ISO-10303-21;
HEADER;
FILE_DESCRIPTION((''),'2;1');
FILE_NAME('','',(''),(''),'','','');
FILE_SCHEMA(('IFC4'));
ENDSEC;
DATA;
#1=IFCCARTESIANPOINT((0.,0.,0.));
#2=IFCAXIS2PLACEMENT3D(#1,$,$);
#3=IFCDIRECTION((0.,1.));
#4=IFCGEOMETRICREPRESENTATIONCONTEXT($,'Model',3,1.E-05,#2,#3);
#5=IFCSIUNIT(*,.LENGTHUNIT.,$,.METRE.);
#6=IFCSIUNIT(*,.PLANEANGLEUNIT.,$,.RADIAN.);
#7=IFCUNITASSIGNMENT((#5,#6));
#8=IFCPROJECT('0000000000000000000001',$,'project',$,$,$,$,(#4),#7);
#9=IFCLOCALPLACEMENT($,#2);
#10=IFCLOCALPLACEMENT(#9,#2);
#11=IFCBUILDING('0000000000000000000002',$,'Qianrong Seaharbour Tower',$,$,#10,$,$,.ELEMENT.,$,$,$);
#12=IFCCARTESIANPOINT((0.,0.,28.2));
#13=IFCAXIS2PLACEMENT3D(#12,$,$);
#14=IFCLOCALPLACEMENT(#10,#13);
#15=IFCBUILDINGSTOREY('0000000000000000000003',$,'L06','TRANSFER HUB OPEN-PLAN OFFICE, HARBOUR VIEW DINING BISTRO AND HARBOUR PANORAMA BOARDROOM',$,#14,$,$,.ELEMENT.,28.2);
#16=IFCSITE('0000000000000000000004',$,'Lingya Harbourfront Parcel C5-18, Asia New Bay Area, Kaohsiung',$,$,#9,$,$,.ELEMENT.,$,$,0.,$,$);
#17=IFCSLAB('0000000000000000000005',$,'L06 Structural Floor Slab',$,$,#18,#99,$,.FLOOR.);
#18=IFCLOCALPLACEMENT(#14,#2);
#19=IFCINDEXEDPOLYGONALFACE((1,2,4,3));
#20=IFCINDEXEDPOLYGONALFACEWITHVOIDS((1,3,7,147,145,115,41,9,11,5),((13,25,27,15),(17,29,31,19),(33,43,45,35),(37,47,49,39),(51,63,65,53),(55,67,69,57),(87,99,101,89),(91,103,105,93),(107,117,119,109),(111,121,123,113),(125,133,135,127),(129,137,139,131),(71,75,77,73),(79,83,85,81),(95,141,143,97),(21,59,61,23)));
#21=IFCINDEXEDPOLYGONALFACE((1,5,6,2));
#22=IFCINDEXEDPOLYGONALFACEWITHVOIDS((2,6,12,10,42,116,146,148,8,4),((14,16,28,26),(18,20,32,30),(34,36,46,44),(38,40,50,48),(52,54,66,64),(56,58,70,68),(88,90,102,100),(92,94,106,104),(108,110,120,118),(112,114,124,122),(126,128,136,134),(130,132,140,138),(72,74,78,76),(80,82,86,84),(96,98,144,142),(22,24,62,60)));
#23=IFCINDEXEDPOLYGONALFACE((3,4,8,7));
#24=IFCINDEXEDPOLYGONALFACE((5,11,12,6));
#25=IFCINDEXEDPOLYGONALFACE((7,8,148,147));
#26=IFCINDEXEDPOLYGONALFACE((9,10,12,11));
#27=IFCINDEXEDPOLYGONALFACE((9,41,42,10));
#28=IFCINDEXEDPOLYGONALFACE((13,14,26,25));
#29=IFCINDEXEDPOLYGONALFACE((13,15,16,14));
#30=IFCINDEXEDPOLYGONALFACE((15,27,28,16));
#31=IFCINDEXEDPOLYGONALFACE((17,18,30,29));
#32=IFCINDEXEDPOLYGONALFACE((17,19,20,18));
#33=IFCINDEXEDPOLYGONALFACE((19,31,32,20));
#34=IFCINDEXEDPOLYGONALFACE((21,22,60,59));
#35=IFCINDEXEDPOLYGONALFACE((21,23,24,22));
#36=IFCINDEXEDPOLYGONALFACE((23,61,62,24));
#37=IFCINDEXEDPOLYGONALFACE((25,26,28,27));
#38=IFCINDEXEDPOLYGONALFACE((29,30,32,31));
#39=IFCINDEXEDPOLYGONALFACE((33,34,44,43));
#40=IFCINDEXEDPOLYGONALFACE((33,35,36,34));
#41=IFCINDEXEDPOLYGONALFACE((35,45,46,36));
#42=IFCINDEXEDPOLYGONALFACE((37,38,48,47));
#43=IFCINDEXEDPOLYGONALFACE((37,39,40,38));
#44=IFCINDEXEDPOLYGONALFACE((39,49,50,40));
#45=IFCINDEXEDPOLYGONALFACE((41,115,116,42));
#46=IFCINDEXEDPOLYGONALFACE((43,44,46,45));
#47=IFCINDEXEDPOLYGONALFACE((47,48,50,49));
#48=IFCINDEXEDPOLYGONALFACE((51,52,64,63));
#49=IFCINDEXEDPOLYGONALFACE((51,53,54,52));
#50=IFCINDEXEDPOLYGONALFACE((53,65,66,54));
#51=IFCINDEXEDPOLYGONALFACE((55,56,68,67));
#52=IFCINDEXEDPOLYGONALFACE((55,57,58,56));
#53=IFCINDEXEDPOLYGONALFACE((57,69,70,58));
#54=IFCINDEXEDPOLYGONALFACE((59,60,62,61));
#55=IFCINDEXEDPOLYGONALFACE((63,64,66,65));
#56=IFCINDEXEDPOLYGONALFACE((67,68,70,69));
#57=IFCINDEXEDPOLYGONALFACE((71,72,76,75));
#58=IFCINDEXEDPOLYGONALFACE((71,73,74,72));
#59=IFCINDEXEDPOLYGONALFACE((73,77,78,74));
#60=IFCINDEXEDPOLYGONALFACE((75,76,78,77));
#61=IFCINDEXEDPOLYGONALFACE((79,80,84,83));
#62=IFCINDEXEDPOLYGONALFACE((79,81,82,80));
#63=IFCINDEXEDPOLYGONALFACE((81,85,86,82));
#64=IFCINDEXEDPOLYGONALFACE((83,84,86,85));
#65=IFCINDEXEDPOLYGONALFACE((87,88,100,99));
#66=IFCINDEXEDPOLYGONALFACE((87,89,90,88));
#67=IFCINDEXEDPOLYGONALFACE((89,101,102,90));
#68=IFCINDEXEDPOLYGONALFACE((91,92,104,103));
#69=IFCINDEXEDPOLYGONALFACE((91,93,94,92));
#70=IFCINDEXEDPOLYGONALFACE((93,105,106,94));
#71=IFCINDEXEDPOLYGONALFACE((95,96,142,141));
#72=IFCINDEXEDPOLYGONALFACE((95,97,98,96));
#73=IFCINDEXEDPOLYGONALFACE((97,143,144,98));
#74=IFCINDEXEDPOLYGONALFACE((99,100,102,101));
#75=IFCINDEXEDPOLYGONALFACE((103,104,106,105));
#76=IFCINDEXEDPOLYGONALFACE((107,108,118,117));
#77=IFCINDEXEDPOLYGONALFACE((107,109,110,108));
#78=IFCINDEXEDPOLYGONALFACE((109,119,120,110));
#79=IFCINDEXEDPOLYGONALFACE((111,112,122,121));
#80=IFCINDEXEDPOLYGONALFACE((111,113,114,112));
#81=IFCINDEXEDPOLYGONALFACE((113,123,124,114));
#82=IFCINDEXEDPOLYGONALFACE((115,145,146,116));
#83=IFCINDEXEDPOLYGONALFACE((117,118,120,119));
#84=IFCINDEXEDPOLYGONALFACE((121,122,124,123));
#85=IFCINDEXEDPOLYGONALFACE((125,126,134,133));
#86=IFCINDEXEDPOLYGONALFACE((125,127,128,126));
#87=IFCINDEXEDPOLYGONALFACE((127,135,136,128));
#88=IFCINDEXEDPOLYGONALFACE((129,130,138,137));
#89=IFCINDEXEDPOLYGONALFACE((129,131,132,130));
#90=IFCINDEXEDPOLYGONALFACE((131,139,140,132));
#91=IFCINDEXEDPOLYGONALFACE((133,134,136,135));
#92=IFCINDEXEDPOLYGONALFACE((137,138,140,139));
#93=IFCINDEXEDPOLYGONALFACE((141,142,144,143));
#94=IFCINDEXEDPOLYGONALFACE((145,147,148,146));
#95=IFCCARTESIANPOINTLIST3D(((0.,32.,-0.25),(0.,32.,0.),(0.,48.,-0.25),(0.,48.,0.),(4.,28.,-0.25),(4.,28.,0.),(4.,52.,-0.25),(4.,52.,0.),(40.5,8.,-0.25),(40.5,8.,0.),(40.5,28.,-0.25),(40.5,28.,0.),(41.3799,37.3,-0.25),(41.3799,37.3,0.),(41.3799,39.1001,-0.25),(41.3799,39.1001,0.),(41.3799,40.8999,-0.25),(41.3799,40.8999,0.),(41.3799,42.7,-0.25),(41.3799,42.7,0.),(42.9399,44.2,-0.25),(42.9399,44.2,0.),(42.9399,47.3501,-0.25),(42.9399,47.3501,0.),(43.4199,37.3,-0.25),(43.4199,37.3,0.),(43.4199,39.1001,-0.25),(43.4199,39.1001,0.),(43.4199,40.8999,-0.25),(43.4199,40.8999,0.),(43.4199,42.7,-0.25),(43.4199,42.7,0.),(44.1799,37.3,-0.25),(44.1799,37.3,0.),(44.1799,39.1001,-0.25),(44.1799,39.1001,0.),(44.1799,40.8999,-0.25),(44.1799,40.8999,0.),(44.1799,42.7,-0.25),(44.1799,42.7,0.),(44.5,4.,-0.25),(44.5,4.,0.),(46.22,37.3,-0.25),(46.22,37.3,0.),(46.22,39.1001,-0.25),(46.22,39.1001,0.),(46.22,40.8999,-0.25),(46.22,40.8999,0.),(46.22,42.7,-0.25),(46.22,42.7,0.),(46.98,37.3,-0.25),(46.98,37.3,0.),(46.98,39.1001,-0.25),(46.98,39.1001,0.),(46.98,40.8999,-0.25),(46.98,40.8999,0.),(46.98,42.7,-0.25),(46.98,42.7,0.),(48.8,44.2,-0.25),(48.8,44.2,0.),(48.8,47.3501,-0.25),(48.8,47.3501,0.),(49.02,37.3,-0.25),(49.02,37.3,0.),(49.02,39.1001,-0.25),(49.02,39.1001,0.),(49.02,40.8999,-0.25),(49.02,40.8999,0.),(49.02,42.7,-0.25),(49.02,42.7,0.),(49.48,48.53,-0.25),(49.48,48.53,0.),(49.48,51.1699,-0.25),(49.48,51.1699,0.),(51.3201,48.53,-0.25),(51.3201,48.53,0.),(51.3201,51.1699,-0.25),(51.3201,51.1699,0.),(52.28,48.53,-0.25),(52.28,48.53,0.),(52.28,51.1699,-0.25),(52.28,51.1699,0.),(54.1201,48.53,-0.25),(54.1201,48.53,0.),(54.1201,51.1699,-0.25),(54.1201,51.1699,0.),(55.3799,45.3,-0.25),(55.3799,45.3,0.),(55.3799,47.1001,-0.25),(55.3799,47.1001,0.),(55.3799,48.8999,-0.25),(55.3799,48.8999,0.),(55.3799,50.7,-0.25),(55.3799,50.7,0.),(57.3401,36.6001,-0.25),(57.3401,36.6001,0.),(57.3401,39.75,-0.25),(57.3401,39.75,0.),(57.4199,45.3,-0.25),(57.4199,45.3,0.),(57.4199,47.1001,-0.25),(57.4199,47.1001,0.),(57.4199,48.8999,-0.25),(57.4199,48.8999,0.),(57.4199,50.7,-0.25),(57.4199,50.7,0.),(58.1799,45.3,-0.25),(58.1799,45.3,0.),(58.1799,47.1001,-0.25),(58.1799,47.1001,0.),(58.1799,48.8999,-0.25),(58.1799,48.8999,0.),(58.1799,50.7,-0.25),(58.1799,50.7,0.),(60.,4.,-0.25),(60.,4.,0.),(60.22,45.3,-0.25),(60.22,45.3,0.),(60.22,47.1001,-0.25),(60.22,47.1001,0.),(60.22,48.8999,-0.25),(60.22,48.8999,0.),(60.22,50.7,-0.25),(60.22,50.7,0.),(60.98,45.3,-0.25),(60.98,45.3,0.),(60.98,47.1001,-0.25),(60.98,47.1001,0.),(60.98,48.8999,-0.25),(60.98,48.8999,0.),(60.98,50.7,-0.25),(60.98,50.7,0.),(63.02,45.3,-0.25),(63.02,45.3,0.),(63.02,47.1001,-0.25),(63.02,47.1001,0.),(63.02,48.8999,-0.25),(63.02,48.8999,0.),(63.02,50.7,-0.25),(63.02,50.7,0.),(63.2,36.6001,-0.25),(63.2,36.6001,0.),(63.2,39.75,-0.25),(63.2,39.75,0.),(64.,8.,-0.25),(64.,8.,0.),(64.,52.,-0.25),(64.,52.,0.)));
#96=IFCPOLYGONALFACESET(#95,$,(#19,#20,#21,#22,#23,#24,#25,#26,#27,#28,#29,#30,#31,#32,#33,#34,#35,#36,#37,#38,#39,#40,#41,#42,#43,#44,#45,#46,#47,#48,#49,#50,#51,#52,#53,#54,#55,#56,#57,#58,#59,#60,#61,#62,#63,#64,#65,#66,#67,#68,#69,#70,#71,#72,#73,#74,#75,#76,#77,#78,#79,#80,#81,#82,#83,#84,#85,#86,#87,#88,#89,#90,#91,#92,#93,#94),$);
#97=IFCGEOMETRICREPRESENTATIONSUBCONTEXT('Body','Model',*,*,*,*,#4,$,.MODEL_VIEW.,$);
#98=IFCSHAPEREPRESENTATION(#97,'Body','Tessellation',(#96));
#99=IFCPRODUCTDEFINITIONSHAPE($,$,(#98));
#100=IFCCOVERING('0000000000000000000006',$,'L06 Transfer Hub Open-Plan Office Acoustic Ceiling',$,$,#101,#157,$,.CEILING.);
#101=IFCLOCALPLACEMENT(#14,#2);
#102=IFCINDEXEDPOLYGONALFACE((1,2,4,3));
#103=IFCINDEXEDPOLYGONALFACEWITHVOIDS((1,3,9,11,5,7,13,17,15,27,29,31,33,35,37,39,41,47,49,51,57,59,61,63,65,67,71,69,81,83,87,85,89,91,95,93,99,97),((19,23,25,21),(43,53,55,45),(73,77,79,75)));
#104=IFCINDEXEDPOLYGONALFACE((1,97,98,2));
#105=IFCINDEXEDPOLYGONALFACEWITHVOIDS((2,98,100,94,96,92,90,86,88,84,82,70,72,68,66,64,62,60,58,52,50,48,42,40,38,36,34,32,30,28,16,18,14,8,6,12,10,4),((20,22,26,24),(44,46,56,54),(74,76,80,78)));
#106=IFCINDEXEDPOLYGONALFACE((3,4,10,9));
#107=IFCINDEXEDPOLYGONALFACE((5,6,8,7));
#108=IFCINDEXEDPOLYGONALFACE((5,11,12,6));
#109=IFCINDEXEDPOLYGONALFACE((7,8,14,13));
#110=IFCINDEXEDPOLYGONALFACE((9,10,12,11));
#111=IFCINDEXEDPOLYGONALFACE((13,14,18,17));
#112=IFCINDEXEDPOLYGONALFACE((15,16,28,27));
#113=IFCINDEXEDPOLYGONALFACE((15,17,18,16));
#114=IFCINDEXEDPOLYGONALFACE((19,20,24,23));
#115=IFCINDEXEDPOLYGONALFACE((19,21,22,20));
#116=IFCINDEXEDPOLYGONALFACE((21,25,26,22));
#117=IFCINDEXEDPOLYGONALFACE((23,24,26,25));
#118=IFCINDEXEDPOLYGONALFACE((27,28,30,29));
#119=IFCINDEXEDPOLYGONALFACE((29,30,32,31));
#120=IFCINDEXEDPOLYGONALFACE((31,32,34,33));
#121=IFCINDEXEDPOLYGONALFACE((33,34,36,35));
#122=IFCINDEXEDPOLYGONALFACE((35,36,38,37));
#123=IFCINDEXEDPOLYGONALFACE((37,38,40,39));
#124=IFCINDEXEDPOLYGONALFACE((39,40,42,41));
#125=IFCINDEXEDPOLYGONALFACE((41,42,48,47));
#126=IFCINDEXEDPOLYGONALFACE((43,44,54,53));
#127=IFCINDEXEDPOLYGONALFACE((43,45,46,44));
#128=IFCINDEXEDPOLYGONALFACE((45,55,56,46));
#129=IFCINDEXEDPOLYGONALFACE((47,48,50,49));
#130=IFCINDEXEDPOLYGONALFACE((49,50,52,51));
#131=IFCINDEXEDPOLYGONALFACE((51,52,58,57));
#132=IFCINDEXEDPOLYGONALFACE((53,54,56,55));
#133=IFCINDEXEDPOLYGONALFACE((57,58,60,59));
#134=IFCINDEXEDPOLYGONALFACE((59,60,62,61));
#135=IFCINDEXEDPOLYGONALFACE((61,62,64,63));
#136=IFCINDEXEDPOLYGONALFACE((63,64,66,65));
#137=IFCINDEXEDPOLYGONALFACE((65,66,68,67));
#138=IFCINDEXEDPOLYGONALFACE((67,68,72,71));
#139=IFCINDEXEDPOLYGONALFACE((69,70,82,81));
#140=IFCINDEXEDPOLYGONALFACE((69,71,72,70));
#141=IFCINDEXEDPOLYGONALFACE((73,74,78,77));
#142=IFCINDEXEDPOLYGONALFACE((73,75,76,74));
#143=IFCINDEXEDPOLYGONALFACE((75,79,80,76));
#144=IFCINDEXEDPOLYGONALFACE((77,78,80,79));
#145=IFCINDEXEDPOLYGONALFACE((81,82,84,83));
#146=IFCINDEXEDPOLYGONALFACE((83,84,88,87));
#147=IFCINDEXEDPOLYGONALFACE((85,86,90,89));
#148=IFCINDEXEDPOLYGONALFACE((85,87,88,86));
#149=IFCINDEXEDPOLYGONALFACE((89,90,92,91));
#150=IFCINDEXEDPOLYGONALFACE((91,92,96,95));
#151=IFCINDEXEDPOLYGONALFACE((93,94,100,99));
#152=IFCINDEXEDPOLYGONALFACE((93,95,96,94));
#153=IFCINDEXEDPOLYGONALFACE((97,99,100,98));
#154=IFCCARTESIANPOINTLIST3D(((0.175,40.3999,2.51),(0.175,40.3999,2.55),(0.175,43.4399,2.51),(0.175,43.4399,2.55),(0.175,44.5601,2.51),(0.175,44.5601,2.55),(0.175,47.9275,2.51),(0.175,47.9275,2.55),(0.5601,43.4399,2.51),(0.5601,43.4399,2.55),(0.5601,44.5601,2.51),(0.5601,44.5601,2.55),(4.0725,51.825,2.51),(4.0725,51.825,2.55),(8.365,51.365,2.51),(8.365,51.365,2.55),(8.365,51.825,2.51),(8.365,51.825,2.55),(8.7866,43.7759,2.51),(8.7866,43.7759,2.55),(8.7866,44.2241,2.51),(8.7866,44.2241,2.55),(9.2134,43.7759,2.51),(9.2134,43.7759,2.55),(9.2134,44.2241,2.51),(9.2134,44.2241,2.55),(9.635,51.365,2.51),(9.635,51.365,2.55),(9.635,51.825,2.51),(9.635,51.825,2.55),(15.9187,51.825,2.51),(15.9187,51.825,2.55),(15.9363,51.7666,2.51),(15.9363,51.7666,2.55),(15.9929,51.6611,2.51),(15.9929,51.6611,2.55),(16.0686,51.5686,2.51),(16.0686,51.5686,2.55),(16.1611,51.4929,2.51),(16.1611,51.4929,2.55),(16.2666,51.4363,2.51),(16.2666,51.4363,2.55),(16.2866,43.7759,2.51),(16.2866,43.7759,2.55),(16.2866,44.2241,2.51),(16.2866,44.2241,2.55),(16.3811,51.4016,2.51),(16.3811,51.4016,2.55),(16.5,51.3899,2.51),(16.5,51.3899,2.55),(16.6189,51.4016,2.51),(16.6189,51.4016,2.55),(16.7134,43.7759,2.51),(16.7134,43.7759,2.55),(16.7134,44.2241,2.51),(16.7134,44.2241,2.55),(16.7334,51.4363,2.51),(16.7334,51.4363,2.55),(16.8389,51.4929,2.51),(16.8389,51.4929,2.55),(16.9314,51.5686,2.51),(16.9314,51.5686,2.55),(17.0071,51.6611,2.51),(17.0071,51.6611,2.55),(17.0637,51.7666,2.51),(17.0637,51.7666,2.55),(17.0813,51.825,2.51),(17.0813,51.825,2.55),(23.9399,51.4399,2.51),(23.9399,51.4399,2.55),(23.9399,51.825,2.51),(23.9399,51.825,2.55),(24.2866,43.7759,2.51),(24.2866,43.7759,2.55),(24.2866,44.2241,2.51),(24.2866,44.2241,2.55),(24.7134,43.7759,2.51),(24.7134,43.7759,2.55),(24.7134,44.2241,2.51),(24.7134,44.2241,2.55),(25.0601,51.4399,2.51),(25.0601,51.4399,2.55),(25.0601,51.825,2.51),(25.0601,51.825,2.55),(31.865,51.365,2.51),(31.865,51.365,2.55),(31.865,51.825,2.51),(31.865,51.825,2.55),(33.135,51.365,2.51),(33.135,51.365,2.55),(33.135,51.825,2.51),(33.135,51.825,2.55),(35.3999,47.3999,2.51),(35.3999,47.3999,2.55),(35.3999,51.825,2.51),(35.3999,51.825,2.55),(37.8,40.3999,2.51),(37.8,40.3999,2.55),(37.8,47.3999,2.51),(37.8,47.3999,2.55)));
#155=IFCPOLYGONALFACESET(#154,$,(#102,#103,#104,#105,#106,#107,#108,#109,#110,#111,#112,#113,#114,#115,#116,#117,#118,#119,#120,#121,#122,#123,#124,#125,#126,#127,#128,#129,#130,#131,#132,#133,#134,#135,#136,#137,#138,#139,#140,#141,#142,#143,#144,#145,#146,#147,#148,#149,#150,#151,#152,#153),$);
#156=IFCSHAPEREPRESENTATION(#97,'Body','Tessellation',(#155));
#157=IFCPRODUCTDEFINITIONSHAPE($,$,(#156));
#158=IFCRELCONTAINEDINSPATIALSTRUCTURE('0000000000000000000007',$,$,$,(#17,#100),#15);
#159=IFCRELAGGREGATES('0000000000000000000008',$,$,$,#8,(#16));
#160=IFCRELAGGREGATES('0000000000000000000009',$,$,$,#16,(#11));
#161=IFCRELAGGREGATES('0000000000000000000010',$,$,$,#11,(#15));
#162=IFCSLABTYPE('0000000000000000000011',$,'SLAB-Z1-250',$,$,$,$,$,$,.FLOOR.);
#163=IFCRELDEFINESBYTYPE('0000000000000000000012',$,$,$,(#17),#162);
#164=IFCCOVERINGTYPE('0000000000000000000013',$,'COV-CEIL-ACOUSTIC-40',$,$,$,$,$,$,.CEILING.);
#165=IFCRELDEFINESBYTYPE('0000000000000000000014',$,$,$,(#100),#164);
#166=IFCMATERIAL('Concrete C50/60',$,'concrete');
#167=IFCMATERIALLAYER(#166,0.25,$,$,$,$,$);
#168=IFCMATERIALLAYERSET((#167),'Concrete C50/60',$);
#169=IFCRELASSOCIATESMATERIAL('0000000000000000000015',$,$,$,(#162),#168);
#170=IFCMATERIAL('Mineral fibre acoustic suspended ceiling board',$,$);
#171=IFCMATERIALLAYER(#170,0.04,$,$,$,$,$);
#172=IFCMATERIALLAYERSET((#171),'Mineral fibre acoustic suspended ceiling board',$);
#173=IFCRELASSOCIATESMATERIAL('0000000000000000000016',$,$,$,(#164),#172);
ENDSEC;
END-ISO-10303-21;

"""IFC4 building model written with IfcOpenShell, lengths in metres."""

from ifc_helpers import new_model, si_unit, direction, frame, origin, place, context, subcontext, project, spatial, polyline, outline, extrude, material, layer, layer_set, type_object, element, save


model = new_model("IFC4")

# Units and contexts
model_context = context("Model", 3, precision=1e-05, world=origin(), true_north=direction((0.0, 1.0)))
body_context = subcontext(model_context, "Body", "Model", "MODEL_VIEW")
ifc_project = project(units=[si_unit("LENGTHUNIT", "METRE"), si_unit("PLANEANGLEUNIT", "RADIAN")], contexts=[model_context])

# Site, building, storey
site_placement = place(None, origin())
site = spatial("IfcSite", under=ifc_project, at=site_placement, Name="Lingya Harbourfront Parcel C5-18, Asia New Bay Area, Kaohsiung", CompositionType="ELEMENT", RefElevation=0.0)
building_placement = place(site_placement, origin())
building = spatial("IfcBuilding", under=site, at=building_placement, Name="Qianrong Seaharbour Tower", CompositionType="ELEMENT")
storey_placement = place(building_placement, frame((0.0, 0.0, 28.2)))
storey = spatial("IfcBuildingStorey", under=building, at=storey_placement, Name="L06", Description="TRANSFER HUB OPEN-PLAN OFFICE, HARBOUR VIEW DINING BISTRO AND HARBOUR PANORAMA BOARDROOM", CompositionType="ELEMENT", Elevation=28.2)

# Shared definitions
ifc_material_1 = material(Name="Concrete C50/60", Category="concrete")

# Slab
ifc_layer_1 = layer(ifc_material_1, 0.25)
ifc_layer_set_1 = layer_set([ifc_layer_1], Name="Concrete C50/60")
slab_type_1 = type_object("IfcSlabType", Name="SLAB-Z1-250", PredefinedType="FLOOR", material=ifc_layer_set_1)
slab_1_placement = place(storey_placement, frame((0.0, 0.0, -0.25)))
element("IfcSlab", 1, at=slab_1_placement, inside=storey, type_object=slab_type_1, Name="L06 Structural Floor Slab", PredefinedType="FLOOR", context=body_context, shape_type="SweptSolid", body=[
    extrude(outline(polyline([(44.5, 4.0), (60.0, 4.0), (64.0, 8.0), (64.0, 52.0), (4.0, 52.0), (0.0, 48.0), (0.0, 32.0), (4.0, 28.0), (40.5, 28.0), (40.5, 8.0), (44.5, 4.0)]), holes=[polyline([(42.9399, 44.2), (42.9399, 47.3501), (48.8, 47.3501), (48.8, 44.2), (42.9399, 44.2)]), polyline([(57.3401, 36.6001), (57.3401, 39.75), (63.2, 39.75), (63.2, 36.6001), (57.3401, 36.6001)]), polyline([(49.48, 48.53), (49.48, 51.1699), (51.3201, 51.1699), (51.3201, 48.53), (49.48, 48.53)]), polyline([(52.28, 48.53), (52.28, 51.1699), (54.1201, 51.1699), (54.1201, 48.53), (52.28, 48.53)]), polyline([(41.3799, 37.3), (41.3799, 39.1001), (43.4199, 39.1001), (43.4199, 37.3), (41.3799, 37.3)]), polyline([(44.1799, 37.3), (44.1799, 39.1001), (46.22, 39.1001), (46.22, 37.3), (44.1799, 37.3)]), polyline([(46.98, 37.3), (46.98, 39.1001), (49.02, 39.1001), (49.02, 37.3), (46.98, 37.3)]), polyline([(41.3799, 40.8999), (41.3799, 42.7), (43.4199, 42.7), (43.4199, 40.8999), (41.3799, 40.8999)]), polyline([(44.1799, 40.8999), (44.1799, 42.7), (46.22, 42.7), (46.22, 40.8999), (44.1799, 40.8999)]), polyline([(46.98, 40.8999), (46.98, 42.7), (49.02, 42.7), (49.02, 40.8999), (46.98, 40.8999)]), polyline([(55.3799, 45.3), (55.3799, 47.1001), (57.4199, 47.1001), (57.4199, 45.3), (55.3799, 45.3)]), polyline([(58.1799, 45.3), (58.1799, 47.1001), (60.22, 47.1001), (60.22, 45.3), (58.1799, 45.3)]), polyline([(60.98, 45.3), (60.98, 47.1001), (63.02, 47.1001), (63.02, 45.3), (60.98, 45.3)]), polyline([(55.3799, 48.8999), (55.3799, 50.7), (57.4199, 50.7), (57.4199, 48.8999), (55.3799, 48.8999)]), polyline([(58.1799, 48.8999), (58.1799, 50.7), (60.22, 50.7), (60.22, 48.8999), (58.1799, 48.8999)]), polyline([(60.98, 48.8999), (60.98, 50.7), (63.02, 50.7), (63.02, 48.8999), (60.98, 48.8999)])]), origin(), (0.0, 0.0, 1.0), 0.25),
])

# Covering
ifc_material_2 = material(Name="Mineral fibre acoustic suspended ceiling board")
ifc_layer_2 = layer(ifc_material_2, 0.04)
ifc_layer_set_2 = layer_set([ifc_layer_2], Name="Mineral fibre acoustic suspended ceiling board")
covering_type_1 = type_object("IfcCoveringType", Name="COV-CEIL-ACOUSTIC-40", PredefinedType="CEILING", material=ifc_layer_set_2)
covering_1_placement = place(storey_placement, frame((0.0, 0.0, 2.51)))
element("IfcCovering", 2, at=covering_1_placement, inside=storey, type_object=covering_type_1, Name="L06 Transfer Hub Open-Plan Office Acoustic Ceiling", PredefinedType="CEILING", context=body_context, shape_type="SweptSolid", body=[
    extrude(outline(polyline([(0.175, 43.4399), (0.5601, 43.4399), (0.5601, 44.5601), (0.175, 44.5601), (0.175, 47.9275), (4.0725, 51.825), (8.365, 51.825), (8.365, 51.365), (9.635, 51.365), (9.635, 51.825), (15.9187, 51.825), (15.9363, 51.7666), (15.9929, 51.6611), (16.0686, 51.5686), (16.1611, 51.4929), (16.2666, 51.4363), (16.3811, 51.4016), (16.5, 51.3899), (16.6189, 51.4016), (16.7334, 51.4363), (16.8389, 51.4929), (16.9314, 51.5686), (17.0071, 51.6611), (17.0637, 51.7666), (17.0813, 51.825), (23.9399, 51.825), (23.9399, 51.4399), (25.0601, 51.4399), (25.0601, 51.825), (31.865, 51.825), (31.865, 51.365), (33.135, 51.365), (33.135, 51.825), (35.3999, 51.825), (35.3999, 47.3999), (37.8, 47.3999), (37.8, 40.3999), (0.175, 40.3999), (0.175, 43.4399)]), holes=[polyline([(24.7134, 43.7759), (24.7134, 44.2241), (24.2866, 44.2241), (24.2866, 43.7759), (24.7134, 43.7759)]), polyline([(16.2866, 43.7759), (16.7134, 43.7759), (16.7134, 44.2241), (16.2866, 44.2241), (16.2866, 43.7759)]), polyline([(8.7866, 43.7759), (9.2134, 43.7759), (9.2134, 44.2241), (8.7866, 44.2241), (8.7866, 43.7759)])]), origin(), (0.0, 0.0, 1.0), 0.04),
])

save(model, "model.ifc")
